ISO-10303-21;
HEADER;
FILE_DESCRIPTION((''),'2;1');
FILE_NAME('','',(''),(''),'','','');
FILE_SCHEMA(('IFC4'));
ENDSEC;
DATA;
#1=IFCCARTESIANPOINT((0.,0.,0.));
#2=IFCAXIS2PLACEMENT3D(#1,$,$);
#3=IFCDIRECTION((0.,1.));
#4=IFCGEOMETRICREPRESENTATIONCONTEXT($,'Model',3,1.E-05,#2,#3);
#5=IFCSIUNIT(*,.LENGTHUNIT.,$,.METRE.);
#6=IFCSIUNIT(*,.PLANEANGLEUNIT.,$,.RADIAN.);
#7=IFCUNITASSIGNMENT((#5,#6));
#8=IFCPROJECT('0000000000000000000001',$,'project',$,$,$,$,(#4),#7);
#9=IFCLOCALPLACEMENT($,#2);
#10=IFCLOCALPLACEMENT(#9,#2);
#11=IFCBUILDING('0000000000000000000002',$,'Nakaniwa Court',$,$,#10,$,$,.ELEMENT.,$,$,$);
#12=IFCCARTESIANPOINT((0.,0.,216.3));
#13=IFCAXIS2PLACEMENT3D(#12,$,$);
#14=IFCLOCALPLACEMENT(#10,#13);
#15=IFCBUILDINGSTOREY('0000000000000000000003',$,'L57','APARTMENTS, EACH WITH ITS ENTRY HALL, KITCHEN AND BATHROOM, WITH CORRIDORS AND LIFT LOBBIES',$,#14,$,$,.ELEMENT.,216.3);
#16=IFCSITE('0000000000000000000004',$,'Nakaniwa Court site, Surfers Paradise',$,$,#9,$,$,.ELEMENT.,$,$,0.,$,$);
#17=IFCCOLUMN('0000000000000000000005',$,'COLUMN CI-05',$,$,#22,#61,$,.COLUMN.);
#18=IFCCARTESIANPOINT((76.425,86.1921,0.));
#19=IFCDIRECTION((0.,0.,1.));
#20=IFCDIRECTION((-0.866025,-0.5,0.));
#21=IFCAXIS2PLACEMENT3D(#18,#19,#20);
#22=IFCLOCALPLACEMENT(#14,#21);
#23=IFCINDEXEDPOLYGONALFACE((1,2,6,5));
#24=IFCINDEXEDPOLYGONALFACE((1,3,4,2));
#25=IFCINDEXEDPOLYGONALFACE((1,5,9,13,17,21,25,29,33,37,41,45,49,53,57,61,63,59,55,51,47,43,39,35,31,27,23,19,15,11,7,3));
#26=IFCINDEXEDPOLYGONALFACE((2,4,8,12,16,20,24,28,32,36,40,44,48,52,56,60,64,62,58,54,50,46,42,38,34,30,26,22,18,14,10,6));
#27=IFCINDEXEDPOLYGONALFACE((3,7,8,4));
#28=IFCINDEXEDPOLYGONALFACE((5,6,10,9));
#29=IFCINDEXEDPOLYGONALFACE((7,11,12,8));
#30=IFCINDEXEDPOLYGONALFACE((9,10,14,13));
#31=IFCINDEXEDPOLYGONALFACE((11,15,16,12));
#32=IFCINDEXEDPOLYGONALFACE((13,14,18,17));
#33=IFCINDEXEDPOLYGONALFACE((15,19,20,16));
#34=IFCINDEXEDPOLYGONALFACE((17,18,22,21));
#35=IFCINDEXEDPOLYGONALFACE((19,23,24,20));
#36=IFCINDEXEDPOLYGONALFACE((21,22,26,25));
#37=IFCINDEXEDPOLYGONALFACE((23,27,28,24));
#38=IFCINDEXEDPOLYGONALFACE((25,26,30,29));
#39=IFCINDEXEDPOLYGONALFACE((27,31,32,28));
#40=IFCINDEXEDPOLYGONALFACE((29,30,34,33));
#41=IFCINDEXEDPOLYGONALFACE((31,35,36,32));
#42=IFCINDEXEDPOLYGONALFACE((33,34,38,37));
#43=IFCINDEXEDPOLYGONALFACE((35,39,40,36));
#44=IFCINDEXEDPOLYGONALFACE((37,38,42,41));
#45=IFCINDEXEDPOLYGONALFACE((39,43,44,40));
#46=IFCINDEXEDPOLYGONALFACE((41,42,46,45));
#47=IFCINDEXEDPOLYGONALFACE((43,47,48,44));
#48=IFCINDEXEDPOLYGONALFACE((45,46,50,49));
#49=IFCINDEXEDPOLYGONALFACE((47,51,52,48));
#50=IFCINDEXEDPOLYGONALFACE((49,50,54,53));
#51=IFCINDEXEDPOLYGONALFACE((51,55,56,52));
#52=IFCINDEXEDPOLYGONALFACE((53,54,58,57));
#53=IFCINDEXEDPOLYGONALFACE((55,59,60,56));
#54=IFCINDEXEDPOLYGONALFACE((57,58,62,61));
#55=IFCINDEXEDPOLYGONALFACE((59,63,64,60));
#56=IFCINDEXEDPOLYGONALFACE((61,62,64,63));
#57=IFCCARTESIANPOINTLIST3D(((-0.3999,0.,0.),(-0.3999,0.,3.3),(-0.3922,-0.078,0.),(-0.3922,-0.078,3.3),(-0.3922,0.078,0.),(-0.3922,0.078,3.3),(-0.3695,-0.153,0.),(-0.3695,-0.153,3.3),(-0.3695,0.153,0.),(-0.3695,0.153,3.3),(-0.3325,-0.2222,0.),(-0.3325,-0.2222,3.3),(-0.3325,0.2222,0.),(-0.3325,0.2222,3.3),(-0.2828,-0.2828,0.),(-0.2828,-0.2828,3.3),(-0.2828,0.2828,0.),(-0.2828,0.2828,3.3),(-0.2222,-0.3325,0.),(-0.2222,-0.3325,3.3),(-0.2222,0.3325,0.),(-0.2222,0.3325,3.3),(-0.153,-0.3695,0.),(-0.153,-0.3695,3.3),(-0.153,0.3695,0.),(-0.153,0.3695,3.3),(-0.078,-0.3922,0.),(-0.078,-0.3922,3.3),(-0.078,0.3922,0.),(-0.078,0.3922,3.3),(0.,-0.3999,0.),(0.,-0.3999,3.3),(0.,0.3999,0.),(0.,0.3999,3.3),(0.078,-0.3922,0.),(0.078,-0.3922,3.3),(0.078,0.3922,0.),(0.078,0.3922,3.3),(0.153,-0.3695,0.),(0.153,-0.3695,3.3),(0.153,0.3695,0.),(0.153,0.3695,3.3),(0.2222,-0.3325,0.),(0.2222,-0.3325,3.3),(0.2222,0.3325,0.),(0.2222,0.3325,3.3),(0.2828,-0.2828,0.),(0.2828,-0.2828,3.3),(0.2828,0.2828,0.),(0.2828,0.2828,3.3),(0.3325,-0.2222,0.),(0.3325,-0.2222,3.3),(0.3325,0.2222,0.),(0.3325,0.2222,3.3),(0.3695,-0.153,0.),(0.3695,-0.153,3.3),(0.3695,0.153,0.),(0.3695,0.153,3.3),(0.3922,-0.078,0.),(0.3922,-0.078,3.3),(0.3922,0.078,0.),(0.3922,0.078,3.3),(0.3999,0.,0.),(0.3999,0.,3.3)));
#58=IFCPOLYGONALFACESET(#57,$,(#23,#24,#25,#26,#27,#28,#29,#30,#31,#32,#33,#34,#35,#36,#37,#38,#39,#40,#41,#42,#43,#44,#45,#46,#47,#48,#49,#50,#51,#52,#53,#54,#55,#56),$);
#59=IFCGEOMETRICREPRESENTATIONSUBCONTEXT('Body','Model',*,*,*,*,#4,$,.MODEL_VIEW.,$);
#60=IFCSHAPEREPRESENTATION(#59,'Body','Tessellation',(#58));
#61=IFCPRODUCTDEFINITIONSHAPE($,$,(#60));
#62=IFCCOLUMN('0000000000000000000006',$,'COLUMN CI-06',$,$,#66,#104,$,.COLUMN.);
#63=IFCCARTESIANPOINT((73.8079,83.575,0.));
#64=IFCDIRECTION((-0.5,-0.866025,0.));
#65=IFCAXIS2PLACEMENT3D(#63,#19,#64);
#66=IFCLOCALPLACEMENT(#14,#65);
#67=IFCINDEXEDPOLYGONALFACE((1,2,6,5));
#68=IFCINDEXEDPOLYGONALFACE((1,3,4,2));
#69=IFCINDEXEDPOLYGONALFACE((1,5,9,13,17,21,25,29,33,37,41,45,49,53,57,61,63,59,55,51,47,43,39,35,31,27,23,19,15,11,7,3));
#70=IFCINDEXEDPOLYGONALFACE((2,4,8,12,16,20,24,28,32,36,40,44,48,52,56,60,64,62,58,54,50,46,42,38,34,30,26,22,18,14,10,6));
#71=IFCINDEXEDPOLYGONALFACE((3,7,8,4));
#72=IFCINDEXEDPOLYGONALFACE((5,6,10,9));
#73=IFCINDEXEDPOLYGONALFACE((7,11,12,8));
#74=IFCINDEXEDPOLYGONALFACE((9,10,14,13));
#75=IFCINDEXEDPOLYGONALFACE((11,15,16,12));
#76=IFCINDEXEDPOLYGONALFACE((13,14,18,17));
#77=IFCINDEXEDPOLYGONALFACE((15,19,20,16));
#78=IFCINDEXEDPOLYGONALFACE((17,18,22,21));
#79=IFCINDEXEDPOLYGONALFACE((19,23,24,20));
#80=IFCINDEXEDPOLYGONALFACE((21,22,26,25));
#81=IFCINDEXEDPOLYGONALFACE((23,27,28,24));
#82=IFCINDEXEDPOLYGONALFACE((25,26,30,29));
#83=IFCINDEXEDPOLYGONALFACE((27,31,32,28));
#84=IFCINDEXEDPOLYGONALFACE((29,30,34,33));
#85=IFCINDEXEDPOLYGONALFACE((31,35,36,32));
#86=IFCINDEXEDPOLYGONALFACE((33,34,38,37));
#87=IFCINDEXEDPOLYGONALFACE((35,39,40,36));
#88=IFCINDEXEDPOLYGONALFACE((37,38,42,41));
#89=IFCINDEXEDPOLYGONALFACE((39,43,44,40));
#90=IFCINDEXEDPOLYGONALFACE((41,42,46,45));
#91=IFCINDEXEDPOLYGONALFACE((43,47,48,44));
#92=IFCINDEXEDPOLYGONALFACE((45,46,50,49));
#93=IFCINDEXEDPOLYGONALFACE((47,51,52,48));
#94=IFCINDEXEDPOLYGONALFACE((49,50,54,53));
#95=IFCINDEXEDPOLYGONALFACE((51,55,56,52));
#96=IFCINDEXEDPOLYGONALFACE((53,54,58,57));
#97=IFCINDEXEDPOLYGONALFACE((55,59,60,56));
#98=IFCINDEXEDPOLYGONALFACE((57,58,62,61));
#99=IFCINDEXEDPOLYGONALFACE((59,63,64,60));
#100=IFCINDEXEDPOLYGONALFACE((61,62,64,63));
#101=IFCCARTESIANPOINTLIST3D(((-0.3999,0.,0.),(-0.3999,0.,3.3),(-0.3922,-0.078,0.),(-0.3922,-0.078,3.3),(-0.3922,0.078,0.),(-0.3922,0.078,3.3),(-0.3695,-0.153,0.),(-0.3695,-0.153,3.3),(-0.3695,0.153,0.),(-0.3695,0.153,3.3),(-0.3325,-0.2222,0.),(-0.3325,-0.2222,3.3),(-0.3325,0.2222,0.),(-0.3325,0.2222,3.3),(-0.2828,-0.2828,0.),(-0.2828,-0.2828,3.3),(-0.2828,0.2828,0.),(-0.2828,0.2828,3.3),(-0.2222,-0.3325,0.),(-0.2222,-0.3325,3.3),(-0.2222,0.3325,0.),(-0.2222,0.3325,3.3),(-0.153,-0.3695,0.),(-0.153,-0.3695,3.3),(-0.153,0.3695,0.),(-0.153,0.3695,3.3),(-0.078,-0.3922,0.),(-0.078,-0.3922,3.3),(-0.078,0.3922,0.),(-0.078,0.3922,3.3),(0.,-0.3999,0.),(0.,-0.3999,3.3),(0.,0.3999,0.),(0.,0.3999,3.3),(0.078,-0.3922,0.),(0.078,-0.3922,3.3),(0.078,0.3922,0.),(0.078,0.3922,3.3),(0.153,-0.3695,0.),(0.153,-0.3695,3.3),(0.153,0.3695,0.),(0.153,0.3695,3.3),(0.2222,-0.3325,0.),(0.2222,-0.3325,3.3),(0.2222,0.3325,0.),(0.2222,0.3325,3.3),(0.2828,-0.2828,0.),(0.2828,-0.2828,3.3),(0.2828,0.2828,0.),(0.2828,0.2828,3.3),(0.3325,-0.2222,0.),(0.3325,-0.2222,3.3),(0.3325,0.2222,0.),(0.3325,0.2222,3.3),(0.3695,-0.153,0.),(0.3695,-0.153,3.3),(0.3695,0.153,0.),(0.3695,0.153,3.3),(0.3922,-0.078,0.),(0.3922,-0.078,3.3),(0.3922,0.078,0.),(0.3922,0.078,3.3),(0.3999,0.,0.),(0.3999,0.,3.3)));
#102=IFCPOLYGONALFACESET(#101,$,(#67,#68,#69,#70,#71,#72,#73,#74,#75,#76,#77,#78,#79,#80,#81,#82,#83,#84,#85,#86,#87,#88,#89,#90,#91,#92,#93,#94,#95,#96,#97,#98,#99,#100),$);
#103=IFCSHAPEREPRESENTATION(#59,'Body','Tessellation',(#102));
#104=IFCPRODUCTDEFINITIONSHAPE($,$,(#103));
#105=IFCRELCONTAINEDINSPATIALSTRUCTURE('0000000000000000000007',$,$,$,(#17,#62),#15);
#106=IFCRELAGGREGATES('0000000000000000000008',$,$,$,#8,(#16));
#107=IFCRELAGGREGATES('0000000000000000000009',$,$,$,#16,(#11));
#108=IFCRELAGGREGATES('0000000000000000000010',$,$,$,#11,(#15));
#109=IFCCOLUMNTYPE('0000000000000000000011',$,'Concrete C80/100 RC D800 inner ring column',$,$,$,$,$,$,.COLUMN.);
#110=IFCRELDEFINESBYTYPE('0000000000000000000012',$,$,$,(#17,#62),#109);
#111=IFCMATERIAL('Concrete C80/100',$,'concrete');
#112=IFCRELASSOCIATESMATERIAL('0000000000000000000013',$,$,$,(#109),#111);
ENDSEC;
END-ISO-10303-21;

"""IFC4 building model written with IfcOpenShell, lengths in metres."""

from ifc_helpers import new_model, si_unit, direction, frame, origin, origin_2d, place, context, subcontext, project, spatial, circle, extrude, material, material_profile, profile_set, type_object, element, save


model = new_model("IFC4")

# Units and contexts
model_context = context("Model", 3, precision=1e-05, world=origin(), true_north=direction((0.0, 1.0)))
body_context = subcontext(model_context, "Body", "Model", "MODEL_VIEW")
ifc_project = project(units=[si_unit("LENGTHUNIT", "METRE"), si_unit("PLANEANGLEUNIT", "RADIAN")], contexts=[model_context])

# Site, building, storey
site_placement = place(None, origin())
site = spatial("IfcSite", under=ifc_project, at=site_placement, Name="Nakaniwa Court site, Surfers Paradise", CompositionType="ELEMENT", RefElevation=0.0)
building_placement = place(site_placement, origin())
building = spatial("IfcBuilding", under=site, at=building_placement, Name="Nakaniwa Court", CompositionType="ELEMENT")
storey_placement = place(building_placement, frame((0.0, 0.0, 216.3)))
storey = spatial("IfcBuildingStorey", under=building, at=storey_placement, Name="L57", Description="APARTMENTS, EACH WITH ITS ENTRY HALL, KITCHEN AND BATHROOM, WITH CORRIDORS AND LIFT LOBBIES", CompositionType="ELEMENT", Elevation=216.3)

# Columns
ifc_material_1 = material(Name="Concrete C80/100", Category="concrete")
ifc_material_profile_1 = material_profile(ifc_material_1, circle(Radius=0.3999, at=origin_2d()), Name="Concrete C80/100 RC D800 inner ring column")
ifc_profile_set_1 = profile_set([ifc_material_profile_1], Name="Concrete C80/100")
column_type_1 = type_object("IfcColumnType", Name="Concrete C80/100 RC D800 inner ring column", PredefinedType="COLUMN", material=ifc_profile_set_1)
for number, where, z_axis, x_axis, name in (
    (1, (76.425, 86.1921, 0.0), (0.0, 0.0, 1.0), (-0.866025, -0.5, 0.0), "COLUMN CI-05"),
    (2, (73.8079, 83.575, 0.0), (0.0, 0.0, 1.0), (-0.5, -0.866025, 0.0), "COLUMN CI-06"),
):
    element("IfcColumn", number, at=place(storey_placement, frame(where, z_axis=z_axis, x_axis=x_axis)), inside=storey, type_object=column_type_1, Name=name, PredefinedType="COLUMN", context=body_context, shape_type="SweptSolid", body=[
        extrude(circle(Radius=0.3999, at=origin_2d()), origin(), (0.0, 0.0, 1.0), 3.3),
    ])

save(model, "model.ifc")
